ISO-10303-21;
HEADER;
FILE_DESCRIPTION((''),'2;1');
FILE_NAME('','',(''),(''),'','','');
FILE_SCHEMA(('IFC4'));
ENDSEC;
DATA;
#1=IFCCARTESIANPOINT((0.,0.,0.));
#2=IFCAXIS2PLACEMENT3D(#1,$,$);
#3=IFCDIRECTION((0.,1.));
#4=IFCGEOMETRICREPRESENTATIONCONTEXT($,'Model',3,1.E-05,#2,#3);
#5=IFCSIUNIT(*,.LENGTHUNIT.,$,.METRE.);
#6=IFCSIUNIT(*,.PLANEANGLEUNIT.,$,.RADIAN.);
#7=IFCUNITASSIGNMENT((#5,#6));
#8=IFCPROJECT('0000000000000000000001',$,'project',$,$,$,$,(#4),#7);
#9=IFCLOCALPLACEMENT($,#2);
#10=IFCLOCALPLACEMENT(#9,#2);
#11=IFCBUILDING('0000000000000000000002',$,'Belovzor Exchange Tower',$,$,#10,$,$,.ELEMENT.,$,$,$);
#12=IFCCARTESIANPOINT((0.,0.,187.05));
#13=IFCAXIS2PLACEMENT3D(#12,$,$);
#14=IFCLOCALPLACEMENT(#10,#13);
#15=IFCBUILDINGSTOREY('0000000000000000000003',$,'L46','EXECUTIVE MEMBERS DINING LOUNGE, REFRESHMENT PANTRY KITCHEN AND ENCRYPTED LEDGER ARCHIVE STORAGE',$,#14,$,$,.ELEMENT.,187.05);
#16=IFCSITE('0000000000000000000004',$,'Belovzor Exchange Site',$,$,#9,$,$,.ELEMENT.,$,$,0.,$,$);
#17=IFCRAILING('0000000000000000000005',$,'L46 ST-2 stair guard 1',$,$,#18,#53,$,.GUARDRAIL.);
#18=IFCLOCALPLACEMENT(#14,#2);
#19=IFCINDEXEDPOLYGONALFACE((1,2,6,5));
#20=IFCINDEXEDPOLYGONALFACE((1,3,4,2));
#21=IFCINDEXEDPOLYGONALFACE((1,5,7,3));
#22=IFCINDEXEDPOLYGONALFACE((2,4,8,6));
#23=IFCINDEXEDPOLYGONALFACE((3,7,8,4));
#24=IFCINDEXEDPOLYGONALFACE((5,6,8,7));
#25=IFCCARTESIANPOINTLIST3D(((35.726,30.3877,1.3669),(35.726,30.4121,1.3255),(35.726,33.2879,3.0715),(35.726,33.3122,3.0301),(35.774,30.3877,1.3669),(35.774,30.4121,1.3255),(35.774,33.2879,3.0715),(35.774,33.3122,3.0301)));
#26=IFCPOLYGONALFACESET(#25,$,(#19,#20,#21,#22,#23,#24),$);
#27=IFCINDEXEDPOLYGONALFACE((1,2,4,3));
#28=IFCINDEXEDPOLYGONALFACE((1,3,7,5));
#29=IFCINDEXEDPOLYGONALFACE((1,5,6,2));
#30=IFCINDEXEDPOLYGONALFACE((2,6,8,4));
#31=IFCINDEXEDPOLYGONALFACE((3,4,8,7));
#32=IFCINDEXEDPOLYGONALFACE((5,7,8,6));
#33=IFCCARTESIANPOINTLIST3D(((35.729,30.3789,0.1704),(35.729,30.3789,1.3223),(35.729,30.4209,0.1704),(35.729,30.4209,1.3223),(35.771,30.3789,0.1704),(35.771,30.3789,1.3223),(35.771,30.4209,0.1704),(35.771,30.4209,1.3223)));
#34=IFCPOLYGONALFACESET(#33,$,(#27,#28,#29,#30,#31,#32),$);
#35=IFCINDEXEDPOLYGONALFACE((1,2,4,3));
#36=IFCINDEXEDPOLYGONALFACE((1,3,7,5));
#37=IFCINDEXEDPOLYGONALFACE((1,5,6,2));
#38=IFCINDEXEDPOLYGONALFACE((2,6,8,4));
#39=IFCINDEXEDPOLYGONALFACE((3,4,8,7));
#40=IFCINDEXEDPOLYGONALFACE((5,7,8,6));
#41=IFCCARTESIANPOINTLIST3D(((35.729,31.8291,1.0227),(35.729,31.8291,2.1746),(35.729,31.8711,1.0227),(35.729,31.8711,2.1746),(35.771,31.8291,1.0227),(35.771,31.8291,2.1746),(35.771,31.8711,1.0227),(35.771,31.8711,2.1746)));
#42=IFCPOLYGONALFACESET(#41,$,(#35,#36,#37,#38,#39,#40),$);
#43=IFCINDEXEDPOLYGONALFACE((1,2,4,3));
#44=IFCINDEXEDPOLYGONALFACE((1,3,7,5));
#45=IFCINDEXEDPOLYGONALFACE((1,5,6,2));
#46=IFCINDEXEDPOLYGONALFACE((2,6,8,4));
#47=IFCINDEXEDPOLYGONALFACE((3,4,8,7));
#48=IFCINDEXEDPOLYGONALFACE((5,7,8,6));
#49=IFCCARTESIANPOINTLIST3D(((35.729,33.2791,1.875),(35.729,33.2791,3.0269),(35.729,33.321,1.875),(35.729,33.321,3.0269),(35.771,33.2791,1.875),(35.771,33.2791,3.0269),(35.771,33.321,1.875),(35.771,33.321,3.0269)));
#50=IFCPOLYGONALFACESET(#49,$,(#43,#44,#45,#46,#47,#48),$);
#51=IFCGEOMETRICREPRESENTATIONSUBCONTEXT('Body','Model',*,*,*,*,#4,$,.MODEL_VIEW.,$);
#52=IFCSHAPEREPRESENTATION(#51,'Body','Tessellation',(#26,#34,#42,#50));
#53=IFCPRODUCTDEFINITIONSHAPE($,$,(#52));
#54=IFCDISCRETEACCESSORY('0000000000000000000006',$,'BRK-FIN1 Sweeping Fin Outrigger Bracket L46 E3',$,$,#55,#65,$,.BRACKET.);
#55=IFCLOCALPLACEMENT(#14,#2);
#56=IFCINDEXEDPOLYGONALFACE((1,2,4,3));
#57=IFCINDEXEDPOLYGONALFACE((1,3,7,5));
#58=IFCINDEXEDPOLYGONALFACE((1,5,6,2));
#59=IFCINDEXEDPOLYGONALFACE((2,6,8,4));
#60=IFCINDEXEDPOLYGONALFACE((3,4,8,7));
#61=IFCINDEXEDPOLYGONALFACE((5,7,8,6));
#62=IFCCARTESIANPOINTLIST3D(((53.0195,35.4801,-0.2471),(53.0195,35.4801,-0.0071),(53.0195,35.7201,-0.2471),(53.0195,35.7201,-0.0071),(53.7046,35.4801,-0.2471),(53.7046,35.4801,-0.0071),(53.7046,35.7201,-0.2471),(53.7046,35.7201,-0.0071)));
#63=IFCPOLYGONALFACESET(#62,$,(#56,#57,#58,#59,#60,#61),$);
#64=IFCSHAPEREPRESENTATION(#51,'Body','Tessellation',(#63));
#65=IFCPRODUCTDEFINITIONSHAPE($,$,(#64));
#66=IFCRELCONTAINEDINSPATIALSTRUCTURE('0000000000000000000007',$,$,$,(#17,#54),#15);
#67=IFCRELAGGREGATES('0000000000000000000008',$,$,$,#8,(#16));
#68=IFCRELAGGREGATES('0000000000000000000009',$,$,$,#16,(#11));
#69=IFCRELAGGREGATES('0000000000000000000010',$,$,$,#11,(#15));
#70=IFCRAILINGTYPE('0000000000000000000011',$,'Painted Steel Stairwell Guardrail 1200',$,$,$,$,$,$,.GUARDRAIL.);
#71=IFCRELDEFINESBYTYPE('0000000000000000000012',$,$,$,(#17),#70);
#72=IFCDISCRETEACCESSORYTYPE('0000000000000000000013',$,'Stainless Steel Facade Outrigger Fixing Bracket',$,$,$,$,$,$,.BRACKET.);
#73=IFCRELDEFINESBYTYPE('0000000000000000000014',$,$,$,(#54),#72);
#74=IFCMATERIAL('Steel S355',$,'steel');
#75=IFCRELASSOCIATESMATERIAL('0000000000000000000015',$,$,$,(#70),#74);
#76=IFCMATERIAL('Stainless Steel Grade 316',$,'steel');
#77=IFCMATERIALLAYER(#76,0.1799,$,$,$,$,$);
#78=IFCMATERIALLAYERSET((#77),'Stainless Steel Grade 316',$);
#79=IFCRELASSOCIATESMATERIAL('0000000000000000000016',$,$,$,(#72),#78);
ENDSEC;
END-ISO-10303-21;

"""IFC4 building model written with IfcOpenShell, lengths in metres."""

from ifc_helpers import new_model, si_unit, direction, frame, origin, origin_2d, place, context, subcontext, project, spatial, rectangle, extrude, material, layer, layer_set, type_object, element, save


model = new_model("IFC4")

# Units and contexts
model_context = context("Model", 3, precision=1e-05, world=origin(), true_north=direction((0.0, 1.0)))
body_context = subcontext(model_context, "Body", "Model", "MODEL_VIEW")
ifc_project = project(units=[si_unit("LENGTHUNIT", "METRE"), si_unit("PLANEANGLEUNIT", "RADIAN")], contexts=[model_context])

# Site, building, storey
site_placement = place(None, origin())
site = spatial("IfcSite", under=ifc_project, at=site_placement, Name="Belovzor Exchange Site", CompositionType="ELEMENT", RefElevation=0.0)
building_placement = place(site_placement, origin())
building = spatial("IfcBuilding", under=site, at=building_placement, Name="Belovzor Exchange Tower", CompositionType="ELEMENT")
storey_placement = place(building_placement, frame((0.0, 0.0, 187.05)))
storey = spatial("IfcBuildingStorey", under=building, at=storey_placement, Name="L46", Description="EXECUTIVE MEMBERS DINING LOUNGE, REFRESHMENT PANTRY KITCHEN AND ENCRYPTED LEDGER ARCHIVE STORAGE", CompositionType="ELEMENT", Elevation=187.05)

# Railing
ifc_material_1 = material(Name="Steel S355", Category="steel")
railing_type_1 = type_object("IfcRailingType", Name="Painted Steel Stairwell Guardrail 1200", PredefinedType="GUARDRAIL", material=ifc_material_1)
railing_1_placement = place(storey_placement, frame((35.75, 30.3999, 0.1704)))
element("IfcRailing", 1, at=railing_1_placement, inside=storey, type_object=railing_type_1, Name="L46 ST-2 stair guard 1", PredefinedType="GUARDRAIL", context=body_context, shape_type="SweptSolid", body=[
    extrude(rectangle(XDim=0.0481, YDim=0.0481, at=origin_2d()), frame((0.0, 0.0, 1.1758), z_axis=(0.0, 0.862113, 0.506716), x_axis=(-1.0, 0.0, 0.0)), (0.0, 0.0, 1.0), 3.364),
    extrude(rectangle(XDim=0.042, YDim=0.042, at=origin_2d()), origin(), (0.0, 0.0, 1.0), 1.1519),
    extrude(rectangle(XDim=0.042, YDim=0.042, at=origin_2d()), frame((0.0, 1.4502, 0.8523)), (0.0, 0.0, 1.0), 1.1519),
    extrude(rectangle(XDim=0.042, YDim=0.042, at=origin_2d()), frame((0.0, 2.9001, 1.7046)), (0.0, 0.0, 1.0), 1.1519),
])

# Discrete accessory
ifc_material_2 = material(Name="Stainless Steel Grade 316", Category="steel")
ifc_layer_1 = layer(ifc_material_2, 0.1799)
ifc_layer_set_1 = layer_set([ifc_layer_1], Name="Stainless Steel Grade 316")
discrete_accessory_type = type_object("IfcDiscreteAccessoryType", Name="Stainless Steel Facade Outrigger Fixing Bracket", PredefinedType="BRACKET", material=ifc_layer_set_1)
discrete_accessory_placement = place(storey_placement, frame((53.3621, 35.6001, -0.2471), z_axis=(0.0, 0.0, 1.0), x_axis=(1.0, 0.0, 0.0)))
element("IfcDiscreteAccessory", 2, at=discrete_accessory_placement, inside=storey, type_object=discrete_accessory_type, Name="BRK-FIN1 Sweeping Fin Outrigger Bracket L46 E3", PredefinedType="BRACKET", context=body_context, shape_type="SweptSolid", body=[
    extrude(rectangle(XDim=0.6851, YDim=0.24, at=origin_2d()), origin(), (0.0, 0.0, 1.0), 0.24),
])

save(model, "model.ifc")
